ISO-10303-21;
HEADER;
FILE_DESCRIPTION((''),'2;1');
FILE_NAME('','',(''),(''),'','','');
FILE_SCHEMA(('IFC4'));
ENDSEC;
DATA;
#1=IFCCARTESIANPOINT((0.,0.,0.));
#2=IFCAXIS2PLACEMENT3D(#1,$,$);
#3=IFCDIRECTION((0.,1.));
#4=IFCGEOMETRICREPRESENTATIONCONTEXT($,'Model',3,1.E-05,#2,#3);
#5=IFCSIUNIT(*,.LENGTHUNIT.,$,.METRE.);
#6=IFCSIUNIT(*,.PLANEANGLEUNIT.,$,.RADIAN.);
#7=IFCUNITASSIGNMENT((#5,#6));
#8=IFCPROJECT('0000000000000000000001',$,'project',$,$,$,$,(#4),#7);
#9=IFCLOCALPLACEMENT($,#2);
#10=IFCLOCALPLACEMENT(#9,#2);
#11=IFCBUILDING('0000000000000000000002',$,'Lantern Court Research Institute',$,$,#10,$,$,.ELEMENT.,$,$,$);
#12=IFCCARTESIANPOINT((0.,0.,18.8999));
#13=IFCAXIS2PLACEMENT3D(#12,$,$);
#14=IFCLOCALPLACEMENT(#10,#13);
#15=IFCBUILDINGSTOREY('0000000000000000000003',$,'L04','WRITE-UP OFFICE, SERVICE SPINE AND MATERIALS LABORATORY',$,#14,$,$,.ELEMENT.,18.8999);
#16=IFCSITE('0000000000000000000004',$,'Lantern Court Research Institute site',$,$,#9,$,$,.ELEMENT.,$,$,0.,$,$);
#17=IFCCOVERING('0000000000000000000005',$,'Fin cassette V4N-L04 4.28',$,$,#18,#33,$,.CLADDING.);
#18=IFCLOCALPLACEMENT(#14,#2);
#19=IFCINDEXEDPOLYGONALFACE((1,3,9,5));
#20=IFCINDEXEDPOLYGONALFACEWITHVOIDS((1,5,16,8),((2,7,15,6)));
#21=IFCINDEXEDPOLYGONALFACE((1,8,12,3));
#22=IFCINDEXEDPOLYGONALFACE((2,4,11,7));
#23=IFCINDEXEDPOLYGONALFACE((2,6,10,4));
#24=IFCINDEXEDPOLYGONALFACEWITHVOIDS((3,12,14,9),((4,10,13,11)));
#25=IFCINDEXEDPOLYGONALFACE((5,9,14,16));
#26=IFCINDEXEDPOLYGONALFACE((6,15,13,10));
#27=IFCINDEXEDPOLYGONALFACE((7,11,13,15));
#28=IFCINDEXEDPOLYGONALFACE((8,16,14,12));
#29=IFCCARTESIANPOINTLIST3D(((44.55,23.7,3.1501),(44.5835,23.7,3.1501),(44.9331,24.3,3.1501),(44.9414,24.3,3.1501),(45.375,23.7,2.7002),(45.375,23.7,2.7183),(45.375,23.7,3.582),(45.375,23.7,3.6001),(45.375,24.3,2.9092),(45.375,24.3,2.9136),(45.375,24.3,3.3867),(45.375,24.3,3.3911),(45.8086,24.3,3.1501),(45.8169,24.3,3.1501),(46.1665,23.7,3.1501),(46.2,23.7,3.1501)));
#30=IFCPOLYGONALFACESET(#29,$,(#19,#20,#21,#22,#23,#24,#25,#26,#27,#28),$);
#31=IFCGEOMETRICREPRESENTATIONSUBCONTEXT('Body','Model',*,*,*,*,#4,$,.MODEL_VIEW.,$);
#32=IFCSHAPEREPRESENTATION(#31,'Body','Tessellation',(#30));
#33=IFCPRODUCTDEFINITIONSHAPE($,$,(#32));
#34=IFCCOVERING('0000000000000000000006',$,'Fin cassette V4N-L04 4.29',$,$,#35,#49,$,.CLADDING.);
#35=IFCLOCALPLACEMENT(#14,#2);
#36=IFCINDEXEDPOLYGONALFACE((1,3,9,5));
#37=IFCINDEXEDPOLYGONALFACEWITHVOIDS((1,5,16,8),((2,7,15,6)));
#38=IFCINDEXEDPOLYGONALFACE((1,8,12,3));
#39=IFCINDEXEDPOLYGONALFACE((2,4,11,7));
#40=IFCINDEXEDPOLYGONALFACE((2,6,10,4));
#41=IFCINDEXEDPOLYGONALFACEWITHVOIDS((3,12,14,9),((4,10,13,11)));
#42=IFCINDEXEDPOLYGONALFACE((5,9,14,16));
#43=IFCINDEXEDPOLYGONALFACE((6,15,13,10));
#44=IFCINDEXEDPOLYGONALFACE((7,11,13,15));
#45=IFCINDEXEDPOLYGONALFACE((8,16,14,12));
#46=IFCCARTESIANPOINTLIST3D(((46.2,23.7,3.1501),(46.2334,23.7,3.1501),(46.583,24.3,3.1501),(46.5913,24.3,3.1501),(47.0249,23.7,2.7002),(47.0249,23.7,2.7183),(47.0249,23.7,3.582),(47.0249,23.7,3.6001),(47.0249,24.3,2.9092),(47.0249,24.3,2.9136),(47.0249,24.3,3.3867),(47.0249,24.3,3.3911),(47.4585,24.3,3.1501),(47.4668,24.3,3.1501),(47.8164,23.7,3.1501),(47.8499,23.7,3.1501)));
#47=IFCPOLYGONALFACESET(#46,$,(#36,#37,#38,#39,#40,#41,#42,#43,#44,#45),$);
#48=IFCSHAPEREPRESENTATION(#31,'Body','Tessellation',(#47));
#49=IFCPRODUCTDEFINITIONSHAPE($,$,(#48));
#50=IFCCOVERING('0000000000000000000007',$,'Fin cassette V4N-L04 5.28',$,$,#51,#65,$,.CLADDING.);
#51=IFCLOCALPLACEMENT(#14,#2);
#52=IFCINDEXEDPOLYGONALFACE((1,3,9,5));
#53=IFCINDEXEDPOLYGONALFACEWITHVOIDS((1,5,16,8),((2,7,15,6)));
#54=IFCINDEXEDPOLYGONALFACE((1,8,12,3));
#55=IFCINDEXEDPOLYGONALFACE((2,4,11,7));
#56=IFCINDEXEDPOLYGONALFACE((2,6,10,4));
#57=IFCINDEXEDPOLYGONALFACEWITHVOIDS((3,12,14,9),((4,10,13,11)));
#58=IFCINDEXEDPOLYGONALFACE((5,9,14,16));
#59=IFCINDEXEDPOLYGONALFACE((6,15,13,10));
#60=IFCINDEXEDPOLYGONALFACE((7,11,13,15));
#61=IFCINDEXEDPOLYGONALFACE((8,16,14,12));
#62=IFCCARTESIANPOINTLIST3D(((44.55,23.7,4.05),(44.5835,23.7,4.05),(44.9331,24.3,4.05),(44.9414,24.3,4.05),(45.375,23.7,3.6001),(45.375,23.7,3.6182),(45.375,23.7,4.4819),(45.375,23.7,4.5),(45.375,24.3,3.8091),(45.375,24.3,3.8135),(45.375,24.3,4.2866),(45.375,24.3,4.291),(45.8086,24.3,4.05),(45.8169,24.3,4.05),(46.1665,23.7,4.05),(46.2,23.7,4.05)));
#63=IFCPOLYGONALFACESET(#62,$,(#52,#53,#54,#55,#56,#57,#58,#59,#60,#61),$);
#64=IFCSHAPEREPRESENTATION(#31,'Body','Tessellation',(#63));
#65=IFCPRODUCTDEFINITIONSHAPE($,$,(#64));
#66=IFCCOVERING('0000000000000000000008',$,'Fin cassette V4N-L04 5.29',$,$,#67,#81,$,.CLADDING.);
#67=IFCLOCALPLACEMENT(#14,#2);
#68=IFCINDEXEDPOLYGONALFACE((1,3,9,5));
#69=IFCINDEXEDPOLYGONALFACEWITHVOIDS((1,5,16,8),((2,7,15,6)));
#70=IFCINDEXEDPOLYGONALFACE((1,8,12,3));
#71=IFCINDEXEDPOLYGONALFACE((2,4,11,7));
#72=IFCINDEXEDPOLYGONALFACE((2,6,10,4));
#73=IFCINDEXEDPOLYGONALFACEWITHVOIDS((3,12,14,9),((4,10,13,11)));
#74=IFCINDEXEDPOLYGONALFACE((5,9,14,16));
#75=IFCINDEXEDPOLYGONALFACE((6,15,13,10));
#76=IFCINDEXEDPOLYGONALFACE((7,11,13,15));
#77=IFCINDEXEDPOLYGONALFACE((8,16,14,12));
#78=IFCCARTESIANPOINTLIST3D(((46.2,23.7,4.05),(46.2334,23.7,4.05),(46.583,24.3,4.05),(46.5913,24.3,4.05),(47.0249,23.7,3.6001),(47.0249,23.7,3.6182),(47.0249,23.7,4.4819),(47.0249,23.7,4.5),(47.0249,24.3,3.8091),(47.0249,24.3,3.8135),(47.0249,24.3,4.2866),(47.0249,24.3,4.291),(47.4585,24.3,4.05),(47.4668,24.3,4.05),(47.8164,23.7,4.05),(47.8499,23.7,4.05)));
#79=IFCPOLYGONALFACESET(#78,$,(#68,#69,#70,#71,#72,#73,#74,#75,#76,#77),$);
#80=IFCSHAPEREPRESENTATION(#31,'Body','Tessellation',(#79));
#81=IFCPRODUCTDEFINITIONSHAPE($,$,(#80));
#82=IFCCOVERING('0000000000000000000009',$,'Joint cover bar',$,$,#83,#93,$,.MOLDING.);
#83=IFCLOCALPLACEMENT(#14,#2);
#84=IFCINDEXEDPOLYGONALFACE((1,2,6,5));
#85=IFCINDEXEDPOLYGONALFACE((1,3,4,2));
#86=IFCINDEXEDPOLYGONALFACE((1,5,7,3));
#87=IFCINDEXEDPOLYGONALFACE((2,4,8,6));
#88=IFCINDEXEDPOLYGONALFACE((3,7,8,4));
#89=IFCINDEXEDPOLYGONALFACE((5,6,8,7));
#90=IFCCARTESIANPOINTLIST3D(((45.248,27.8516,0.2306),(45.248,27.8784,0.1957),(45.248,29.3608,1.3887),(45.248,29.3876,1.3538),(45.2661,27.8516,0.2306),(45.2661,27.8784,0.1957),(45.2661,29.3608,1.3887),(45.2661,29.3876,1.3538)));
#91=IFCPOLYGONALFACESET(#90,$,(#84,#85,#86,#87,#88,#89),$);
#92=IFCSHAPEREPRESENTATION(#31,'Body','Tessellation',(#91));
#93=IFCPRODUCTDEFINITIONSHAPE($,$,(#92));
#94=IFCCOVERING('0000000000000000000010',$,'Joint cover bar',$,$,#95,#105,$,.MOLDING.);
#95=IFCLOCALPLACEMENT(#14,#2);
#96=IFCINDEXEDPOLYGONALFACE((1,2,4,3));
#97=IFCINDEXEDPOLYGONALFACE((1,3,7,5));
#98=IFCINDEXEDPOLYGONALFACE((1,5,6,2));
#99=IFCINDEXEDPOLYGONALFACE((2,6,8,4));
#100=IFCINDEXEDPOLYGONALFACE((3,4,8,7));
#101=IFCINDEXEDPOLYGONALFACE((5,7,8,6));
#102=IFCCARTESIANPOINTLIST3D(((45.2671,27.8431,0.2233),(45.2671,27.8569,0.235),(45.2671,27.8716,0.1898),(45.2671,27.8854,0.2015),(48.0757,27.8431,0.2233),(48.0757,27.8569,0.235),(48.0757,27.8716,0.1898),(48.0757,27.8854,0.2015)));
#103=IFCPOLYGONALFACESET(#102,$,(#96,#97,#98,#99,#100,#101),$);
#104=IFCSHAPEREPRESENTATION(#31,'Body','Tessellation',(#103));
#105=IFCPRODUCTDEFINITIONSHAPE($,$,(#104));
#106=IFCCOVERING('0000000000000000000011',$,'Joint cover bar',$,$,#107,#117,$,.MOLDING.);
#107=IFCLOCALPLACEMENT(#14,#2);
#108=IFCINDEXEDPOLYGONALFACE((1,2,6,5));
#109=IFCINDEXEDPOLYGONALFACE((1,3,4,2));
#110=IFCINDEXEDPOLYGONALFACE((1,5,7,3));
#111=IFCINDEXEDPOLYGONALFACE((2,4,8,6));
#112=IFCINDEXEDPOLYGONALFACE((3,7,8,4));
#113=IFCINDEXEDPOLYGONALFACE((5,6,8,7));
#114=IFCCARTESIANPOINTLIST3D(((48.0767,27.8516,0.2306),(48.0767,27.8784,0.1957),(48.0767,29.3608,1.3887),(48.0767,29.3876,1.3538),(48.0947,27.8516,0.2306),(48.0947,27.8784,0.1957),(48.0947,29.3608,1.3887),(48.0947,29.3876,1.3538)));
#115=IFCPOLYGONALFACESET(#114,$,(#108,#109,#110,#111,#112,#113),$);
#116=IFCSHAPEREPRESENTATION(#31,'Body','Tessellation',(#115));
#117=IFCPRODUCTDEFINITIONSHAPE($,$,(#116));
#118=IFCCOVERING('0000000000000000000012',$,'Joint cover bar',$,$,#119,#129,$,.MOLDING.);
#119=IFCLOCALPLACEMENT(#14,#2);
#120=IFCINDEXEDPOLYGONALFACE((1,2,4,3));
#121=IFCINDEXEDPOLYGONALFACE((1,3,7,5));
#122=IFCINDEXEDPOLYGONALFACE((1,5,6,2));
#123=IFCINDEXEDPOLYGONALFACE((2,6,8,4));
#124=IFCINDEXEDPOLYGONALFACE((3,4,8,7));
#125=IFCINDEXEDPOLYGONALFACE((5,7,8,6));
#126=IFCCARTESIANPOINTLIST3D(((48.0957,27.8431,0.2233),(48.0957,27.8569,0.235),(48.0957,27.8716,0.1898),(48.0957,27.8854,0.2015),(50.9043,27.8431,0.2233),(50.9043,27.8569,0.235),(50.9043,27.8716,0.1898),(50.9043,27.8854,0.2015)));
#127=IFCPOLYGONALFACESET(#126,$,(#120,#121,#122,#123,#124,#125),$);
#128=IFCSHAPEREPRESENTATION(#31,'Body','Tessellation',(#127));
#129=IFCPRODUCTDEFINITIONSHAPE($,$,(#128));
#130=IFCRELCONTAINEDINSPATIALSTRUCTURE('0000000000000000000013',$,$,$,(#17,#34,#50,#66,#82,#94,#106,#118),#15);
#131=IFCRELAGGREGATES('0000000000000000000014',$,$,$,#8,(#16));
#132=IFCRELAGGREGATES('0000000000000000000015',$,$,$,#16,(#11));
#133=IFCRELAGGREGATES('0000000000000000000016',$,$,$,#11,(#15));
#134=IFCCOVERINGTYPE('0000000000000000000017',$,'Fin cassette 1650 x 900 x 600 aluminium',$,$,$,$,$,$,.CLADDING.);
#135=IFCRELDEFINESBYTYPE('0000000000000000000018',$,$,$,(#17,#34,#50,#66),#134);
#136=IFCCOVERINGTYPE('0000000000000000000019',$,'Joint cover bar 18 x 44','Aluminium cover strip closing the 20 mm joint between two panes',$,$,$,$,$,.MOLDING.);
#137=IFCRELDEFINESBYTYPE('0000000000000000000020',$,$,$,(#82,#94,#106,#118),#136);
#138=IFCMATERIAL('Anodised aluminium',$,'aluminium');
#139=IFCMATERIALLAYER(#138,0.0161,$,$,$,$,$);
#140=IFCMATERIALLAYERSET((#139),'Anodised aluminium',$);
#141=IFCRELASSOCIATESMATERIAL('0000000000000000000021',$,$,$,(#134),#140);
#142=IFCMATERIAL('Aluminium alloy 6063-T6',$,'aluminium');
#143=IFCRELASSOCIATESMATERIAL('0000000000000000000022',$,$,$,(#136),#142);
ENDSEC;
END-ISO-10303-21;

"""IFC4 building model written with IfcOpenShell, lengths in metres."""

from ifc_helpers import new_model, entity, si_unit, direction, frame, origin, origin_2d, place, context, subcontext, project, spatial, rectangle, extrude, material, layer, layer_set, material_profile, profile_set, type_object, element, save


model = new_model("IFC4")

# Units and contexts
model_context = context("Model", 3, precision=1e-05, world=origin(), true_north=direction((0.0, 1.0)))
body_context = subcontext(model_context, "Body", "Model", "MODEL_VIEW")
ifc_project = project(units=[si_unit("LENGTHUNIT", "METRE"), si_unit("PLANEANGLEUNIT", "RADIAN")], contexts=[model_context])

# Site, building, storey
site_placement = place(None, origin())
site = spatial("IfcSite", under=ifc_project, at=site_placement, Name="Lantern Court Research Institute site", CompositionType="ELEMENT", RefElevation=0.0)
building_placement = place(site_placement, origin())
building = spatial("IfcBuilding", under=site, at=building_placement, Name="Lantern Court Research Institute", CompositionType="ELEMENT")
storey_placement = place(building_placement, frame((0.0, 0.0, 18.8999)))
storey = spatial("IfcBuildingStorey", under=building, at=storey_placement, Name="L04", Description="WRITE-UP OFFICE, SERVICE SPINE AND MATERIALS LABORATORY", CompositionType="ELEMENT", Elevation=18.8999)

# Coverings
ifc_material_1 = material(Name="Anodised aluminium", Category="aluminium")
ifc_layer_1 = layer(ifc_material_1, 0.0161)
ifc_layer_set_1 = layer_set([ifc_layer_1], Name="Anodised aluminium")
covering_type_1 = type_object("IfcCoveringType", Name="Fin cassette 1650 x 900 x 600 aluminium", PredefinedType="CLADDING", material=ifc_layer_set_1)
covering_1_placement = place(storey_placement, frame((45.375, 23.7, 3.1501), z_axis=(0.0, 1.0, 0.0), x_axis=(-1.0, 0.0, 0.0)))
cartesian_point_1 = entity("IfcCartesianPoint", [0.825, 0.0])
cartesian_point_2 = entity("IfcCartesianPoint", [0.7915, 0.0])
cartesian_point_3 = entity("IfcCartesianPoint", [0.4419, 0.0])
cartesian_point_4 = entity("IfcCartesianPoint", [0.4336, 0.0])
element("IfcCovering", 1, at=covering_1_placement, inside=storey, type_object=covering_type_1, Name="Fin cassette V4N-L04 4.28", PredefinedType="CLADDING", context=body_context, shape_type="SweptSolid", body=[
    entity("IfcExtrudedAreaSolidTapered", entity("IfcArbitraryProfileDefWithVoids", "AREA", None, entity("IfcPolyline", [cartesian_point_1, entity("IfcCartesianPoint", [0.0, 0.45]), entity("IfcCartesianPoint", [-0.825, 0.0]), entity("IfcCartesianPoint", [0.0, -0.45]), cartesian_point_1]), [entity("IfcPolyline", [cartesian_point_2, entity("IfcCartesianPoint", [0.0, 0.4319]), entity("IfcCartesianPoint", [-0.7915, 0.0]), entity("IfcCartesianPoint", [0.0, -0.4319]), cartesian_point_2])]), entity("IfcAxis2Placement3D", entity("IfcCartesianPoint", [0.0, 0.0, 0.0])), entity("IfcDirection", [0.0, 0.0, 1.0]), 0.6001, entity("IfcArbitraryProfileDefWithVoids", "AREA", None, entity("IfcPolyline", [cartesian_point_3, entity("IfcCartesianPoint", [0.0, 0.241]), entity("IfcCartesianPoint", [-0.4419, 0.0]), entity("IfcCartesianPoint", [0.0, -0.241]), cartesian_point_3]), [entity("IfcPolyline", [cartesian_point_4, entity("IfcCartesianPoint", [0.0, 0.2366]), entity("IfcCartesianPoint", [-0.4336, 0.0]), entity("IfcCartesianPoint", [0.0, -0.2366]), cartesian_point_4])])),
])
covering_2_placement = place(storey_placement, frame((47.0249, 23.7, 3.1501), z_axis=(0.0, 1.0, 0.0), x_axis=(-1.0, 0.0, 0.0)))
cartesian_point_5 = entity("IfcCartesianPoint", [0.825, 0.0])
cartesian_point_6 = entity("IfcCartesianPoint", [0.7915, 0.0])
cartesian_point_7 = entity("IfcCartesianPoint", [0.4419, 0.0])
cartesian_point_8 = entity("IfcCartesianPoint", [0.4336, 0.0])
element("IfcCovering", 2, at=covering_2_placement, inside=storey, type_object=covering_type_1, Name="Fin cassette V4N-L04 4.29", PredefinedType="CLADDING", context=body_context, shape_type="SweptSolid", body=[
    entity("IfcExtrudedAreaSolidTapered", entity("IfcArbitraryProfileDefWithVoids", "AREA", None, entity("IfcPolyline", [cartesian_point_5, entity("IfcCartesianPoint", [0.0, 0.45]), entity("IfcCartesianPoint", [-0.825, 0.0]), entity("IfcCartesianPoint", [0.0, -0.45]), cartesian_point_5]), [entity("IfcPolyline", [cartesian_point_6, entity("IfcCartesianPoint", [0.0, 0.4319]), entity("IfcCartesianPoint", [-0.7915, 0.0]), entity("IfcCartesianPoint", [0.0, -0.4319]), cartesian_point_6])]), entity("IfcAxis2Placement3D", entity("IfcCartesianPoint", [0.0, 0.0, 0.0])), entity("IfcDirection", [0.0, 0.0, 1.0]), 0.6001, entity("IfcArbitraryProfileDefWithVoids", "AREA", None, entity("IfcPolyline", [cartesian_point_7, entity("IfcCartesianPoint", [0.0, 0.241]), entity("IfcCartesianPoint", [-0.4419, 0.0]), entity("IfcCartesianPoint", [0.0, -0.241]), cartesian_point_7]), [entity("IfcPolyline", [cartesian_point_8, entity("IfcCartesianPoint", [0.0, 0.2366]), entity("IfcCartesianPoint", [-0.4336, 0.0]), entity("IfcCartesianPoint", [0.0, -0.2366]), cartesian_point_8])])),
])
covering_3_placement = place(storey_placement, frame((45.375, 23.7, 4.05), z_axis=(0.0, 1.0, 0.0), x_axis=(-1.0, 0.0, 0.0)))
cartesian_point_9 = entity("IfcCartesianPoint", [0.825, 0.0])
cartesian_point_10 = entity("IfcCartesianPoint", [0.7915, 0.0])
cartesian_point_11 = entity("IfcCartesianPoint", [0.4419, 0.0])
cartesian_point_12 = entity("IfcCartesianPoint", [0.4336, 0.0])
element("IfcCovering", 3, at=covering_3_placement, inside=storey, type_object=covering_type_1, Name="Fin cassette V4N-L04 5.28", PredefinedType="CLADDING", context=body_context, shape_type="SweptSolid", body=[
    entity("IfcExtrudedAreaSolidTapered", entity("IfcArbitraryProfileDefWithVoids", "AREA", None, entity("IfcPolyline", [cartesian_point_9, entity("IfcCartesianPoint", [0.0, 0.45]), entity("IfcCartesianPoint", [-0.825, 0.0]), entity("IfcCartesianPoint", [0.0, -0.45]), cartesian_point_9]), [entity("IfcPolyline", [cartesian_point_10, entity("IfcCartesianPoint", [0.0, 0.4319]), entity("IfcCartesianPoint", [-0.7915, 0.0]), entity("IfcCartesianPoint", [0.0, -0.4319]), cartesian_point_10])]), entity("IfcAxis2Placement3D", entity("IfcCartesianPoint", [0.0, 0.0, 0.0])), entity("IfcDirection", [0.0, 0.0, 1.0]), 0.6001, entity("IfcArbitraryProfileDefWithVoids", "AREA", None, entity("IfcPolyline", [cartesian_point_11, entity("IfcCartesianPoint", [0.0, 0.241]), entity("IfcCartesianPoint", [-0.4419, 0.0]), entity("IfcCartesianPoint", [0.0, -0.241]), cartesian_point_11]), [entity("IfcPolyline", [cartesian_point_12, entity("IfcCartesianPoint", [0.0, 0.2366]), entity("IfcCartesianPoint", [-0.4336, 0.0]), entity("IfcCartesianPoint", [0.0, -0.2366]), cartesian_point_12])])),
])
covering_4_placement = place(storey_placement, frame((47.0249, 23.7, 4.05), z_axis=(0.0, 1.0, 0.0), x_axis=(-1.0, 0.0, 0.0)))
cartesian_point_13 = entity("IfcCartesianPoint", [0.825, 0.0])
cartesian_point_14 = entity("IfcCartesianPoint", [0.7915, 0.0])
cartesian_point_15 = entity("IfcCartesianPoint", [0.4419, 0.0])
cartesian_point_16 = entity("IfcCartesianPoint", [0.4336, 0.0])
element("IfcCovering", 4, at=covering_4_placement, inside=storey, type_object=covering_type_1, Name="Fin cassette V4N-L04 5.29", PredefinedType="CLADDING", context=body_context, shape_type="SweptSolid", body=[
    entity("IfcExtrudedAreaSolidTapered", entity("IfcArbitraryProfileDefWithVoids", "AREA", None, entity("IfcPolyline", [cartesian_point_13, entity("IfcCartesianPoint", [0.0, 0.45]), entity("IfcCartesianPoint", [-0.825, 0.0]), entity("IfcCartesianPoint", [0.0, -0.45]), cartesian_point_13]), [entity("IfcPolyline", [cartesian_point_14, entity("IfcCartesianPoint", [0.0, 0.4319]), entity("IfcCartesianPoint", [-0.7915, 0.0]), entity("IfcCartesianPoint", [0.0, -0.4319]), cartesian_point_14])]), entity("IfcAxis2Placement3D", entity("IfcCartesianPoint", [0.0, 0.0, 0.0])), entity("IfcDirection", [0.0, 0.0, 1.0]), 0.6001, entity("IfcArbitraryProfileDefWithVoids", "AREA", None, entity("IfcPolyline", [cartesian_point_15, entity("IfcCartesianPoint", [0.0, 0.241]), entity("IfcCartesianPoint", [-0.4419, 0.0]), entity("IfcCartesianPoint", [0.0, -0.241]), cartesian_point_15]), [entity("IfcPolyline", [cartesian_point_16, entity("IfcCartesianPoint", [0.0, 0.2366]), entity("IfcCartesianPoint", [-0.4336, 0.0]), entity("IfcCartesianPoint", [0.0, -0.2366]), cartesian_point_16])])),
])
ifc_material_2 = material(Name="Aluminium alloy 6063-T6", Category="aluminium")
ifc_material_profile_1 = material_profile(ifc_material_2, rectangle(XDim=0.0181, YDim=0.0439, at=origin_2d()), Name="Joint cover bar 18 x 44")
ifc_profile_set_1 = profile_set([ifc_material_profile_1], Name="Aluminium alloy 6063-T6")
covering_type_2 = type_object("IfcCoveringType", Name="Joint cover bar 18 x 44", Description="Aluminium cover strip closing the 20 mm joint between two panes", PredefinedType="MOLDING", material=ifc_profile_set_1)
covering_5_placement = place(storey_placement, frame((45.2571, 27.865, 0.2131), z_axis=(0.0, 0.79333, 0.608792), x_axis=(-1.0, 0.0, 0.0)))
element("IfcCovering", 5, at=covering_5_placement, inside=storey, type_object=covering_type_2, Name="Joint cover bar", PredefinedType="MOLDING", context=body_context, shape_type="SweptSolid", body=[
    extrude(rectangle(XDim=0.0181, YDim=0.0439, at=origin_2d()), origin(), (0.0, 0.0, 1.0), 1.9023),
])
covering_6_placement = place(storey_placement, frame((45.2671, 27.8643, 0.2124), z_axis=(1.0, 0.0, 0.0), x_axis=(0.0, 0.761673, 0.647962)))
element("IfcCovering", 6, at=covering_6_placement, inside=storey, type_object=covering_type_2, Name="Joint cover bar", PredefinedType="MOLDING", context=body_context, shape_type="SweptSolid", body=[
    extrude(rectangle(XDim=0.0181, YDim=0.0439, at=origin_2d()), origin(), (0.0, 0.0, 1.0), 2.8086),
])
covering_7_placement = place(storey_placement, frame((48.0857, 27.865, 0.2131), z_axis=(0.0, 0.79333, 0.608792), x_axis=(-1.0, 0.0, 0.0)))
element("IfcCovering", 7, at=covering_7_placement, inside=storey, type_object=covering_type_2, Name="Joint cover bar", PredefinedType="MOLDING", context=body_context, shape_type="SweptSolid", body=[
    extrude(rectangle(XDim=0.0181, YDim=0.0439, at=origin_2d()), origin(), (0.0, 0.0, 1.0), 1.9023),
])
covering_8_placement = place(storey_placement, frame((48.0957, 27.8643, 0.2124), z_axis=(1.0, 0.0, 0.0), x_axis=(0.0, 0.761673, 0.647962)))
element("IfcCovering", 8, at=covering_8_placement, inside=storey, type_object=covering_type_2, Name="Joint cover bar", PredefinedType="MOLDING", context=body_context, shape_type="SweptSolid", body=[
    extrude(rectangle(XDim=0.0181, YDim=0.0439, at=origin_2d()), origin(), (0.0, 0.0, 1.0), 2.8086),
])

save(model, "model.ifc")
